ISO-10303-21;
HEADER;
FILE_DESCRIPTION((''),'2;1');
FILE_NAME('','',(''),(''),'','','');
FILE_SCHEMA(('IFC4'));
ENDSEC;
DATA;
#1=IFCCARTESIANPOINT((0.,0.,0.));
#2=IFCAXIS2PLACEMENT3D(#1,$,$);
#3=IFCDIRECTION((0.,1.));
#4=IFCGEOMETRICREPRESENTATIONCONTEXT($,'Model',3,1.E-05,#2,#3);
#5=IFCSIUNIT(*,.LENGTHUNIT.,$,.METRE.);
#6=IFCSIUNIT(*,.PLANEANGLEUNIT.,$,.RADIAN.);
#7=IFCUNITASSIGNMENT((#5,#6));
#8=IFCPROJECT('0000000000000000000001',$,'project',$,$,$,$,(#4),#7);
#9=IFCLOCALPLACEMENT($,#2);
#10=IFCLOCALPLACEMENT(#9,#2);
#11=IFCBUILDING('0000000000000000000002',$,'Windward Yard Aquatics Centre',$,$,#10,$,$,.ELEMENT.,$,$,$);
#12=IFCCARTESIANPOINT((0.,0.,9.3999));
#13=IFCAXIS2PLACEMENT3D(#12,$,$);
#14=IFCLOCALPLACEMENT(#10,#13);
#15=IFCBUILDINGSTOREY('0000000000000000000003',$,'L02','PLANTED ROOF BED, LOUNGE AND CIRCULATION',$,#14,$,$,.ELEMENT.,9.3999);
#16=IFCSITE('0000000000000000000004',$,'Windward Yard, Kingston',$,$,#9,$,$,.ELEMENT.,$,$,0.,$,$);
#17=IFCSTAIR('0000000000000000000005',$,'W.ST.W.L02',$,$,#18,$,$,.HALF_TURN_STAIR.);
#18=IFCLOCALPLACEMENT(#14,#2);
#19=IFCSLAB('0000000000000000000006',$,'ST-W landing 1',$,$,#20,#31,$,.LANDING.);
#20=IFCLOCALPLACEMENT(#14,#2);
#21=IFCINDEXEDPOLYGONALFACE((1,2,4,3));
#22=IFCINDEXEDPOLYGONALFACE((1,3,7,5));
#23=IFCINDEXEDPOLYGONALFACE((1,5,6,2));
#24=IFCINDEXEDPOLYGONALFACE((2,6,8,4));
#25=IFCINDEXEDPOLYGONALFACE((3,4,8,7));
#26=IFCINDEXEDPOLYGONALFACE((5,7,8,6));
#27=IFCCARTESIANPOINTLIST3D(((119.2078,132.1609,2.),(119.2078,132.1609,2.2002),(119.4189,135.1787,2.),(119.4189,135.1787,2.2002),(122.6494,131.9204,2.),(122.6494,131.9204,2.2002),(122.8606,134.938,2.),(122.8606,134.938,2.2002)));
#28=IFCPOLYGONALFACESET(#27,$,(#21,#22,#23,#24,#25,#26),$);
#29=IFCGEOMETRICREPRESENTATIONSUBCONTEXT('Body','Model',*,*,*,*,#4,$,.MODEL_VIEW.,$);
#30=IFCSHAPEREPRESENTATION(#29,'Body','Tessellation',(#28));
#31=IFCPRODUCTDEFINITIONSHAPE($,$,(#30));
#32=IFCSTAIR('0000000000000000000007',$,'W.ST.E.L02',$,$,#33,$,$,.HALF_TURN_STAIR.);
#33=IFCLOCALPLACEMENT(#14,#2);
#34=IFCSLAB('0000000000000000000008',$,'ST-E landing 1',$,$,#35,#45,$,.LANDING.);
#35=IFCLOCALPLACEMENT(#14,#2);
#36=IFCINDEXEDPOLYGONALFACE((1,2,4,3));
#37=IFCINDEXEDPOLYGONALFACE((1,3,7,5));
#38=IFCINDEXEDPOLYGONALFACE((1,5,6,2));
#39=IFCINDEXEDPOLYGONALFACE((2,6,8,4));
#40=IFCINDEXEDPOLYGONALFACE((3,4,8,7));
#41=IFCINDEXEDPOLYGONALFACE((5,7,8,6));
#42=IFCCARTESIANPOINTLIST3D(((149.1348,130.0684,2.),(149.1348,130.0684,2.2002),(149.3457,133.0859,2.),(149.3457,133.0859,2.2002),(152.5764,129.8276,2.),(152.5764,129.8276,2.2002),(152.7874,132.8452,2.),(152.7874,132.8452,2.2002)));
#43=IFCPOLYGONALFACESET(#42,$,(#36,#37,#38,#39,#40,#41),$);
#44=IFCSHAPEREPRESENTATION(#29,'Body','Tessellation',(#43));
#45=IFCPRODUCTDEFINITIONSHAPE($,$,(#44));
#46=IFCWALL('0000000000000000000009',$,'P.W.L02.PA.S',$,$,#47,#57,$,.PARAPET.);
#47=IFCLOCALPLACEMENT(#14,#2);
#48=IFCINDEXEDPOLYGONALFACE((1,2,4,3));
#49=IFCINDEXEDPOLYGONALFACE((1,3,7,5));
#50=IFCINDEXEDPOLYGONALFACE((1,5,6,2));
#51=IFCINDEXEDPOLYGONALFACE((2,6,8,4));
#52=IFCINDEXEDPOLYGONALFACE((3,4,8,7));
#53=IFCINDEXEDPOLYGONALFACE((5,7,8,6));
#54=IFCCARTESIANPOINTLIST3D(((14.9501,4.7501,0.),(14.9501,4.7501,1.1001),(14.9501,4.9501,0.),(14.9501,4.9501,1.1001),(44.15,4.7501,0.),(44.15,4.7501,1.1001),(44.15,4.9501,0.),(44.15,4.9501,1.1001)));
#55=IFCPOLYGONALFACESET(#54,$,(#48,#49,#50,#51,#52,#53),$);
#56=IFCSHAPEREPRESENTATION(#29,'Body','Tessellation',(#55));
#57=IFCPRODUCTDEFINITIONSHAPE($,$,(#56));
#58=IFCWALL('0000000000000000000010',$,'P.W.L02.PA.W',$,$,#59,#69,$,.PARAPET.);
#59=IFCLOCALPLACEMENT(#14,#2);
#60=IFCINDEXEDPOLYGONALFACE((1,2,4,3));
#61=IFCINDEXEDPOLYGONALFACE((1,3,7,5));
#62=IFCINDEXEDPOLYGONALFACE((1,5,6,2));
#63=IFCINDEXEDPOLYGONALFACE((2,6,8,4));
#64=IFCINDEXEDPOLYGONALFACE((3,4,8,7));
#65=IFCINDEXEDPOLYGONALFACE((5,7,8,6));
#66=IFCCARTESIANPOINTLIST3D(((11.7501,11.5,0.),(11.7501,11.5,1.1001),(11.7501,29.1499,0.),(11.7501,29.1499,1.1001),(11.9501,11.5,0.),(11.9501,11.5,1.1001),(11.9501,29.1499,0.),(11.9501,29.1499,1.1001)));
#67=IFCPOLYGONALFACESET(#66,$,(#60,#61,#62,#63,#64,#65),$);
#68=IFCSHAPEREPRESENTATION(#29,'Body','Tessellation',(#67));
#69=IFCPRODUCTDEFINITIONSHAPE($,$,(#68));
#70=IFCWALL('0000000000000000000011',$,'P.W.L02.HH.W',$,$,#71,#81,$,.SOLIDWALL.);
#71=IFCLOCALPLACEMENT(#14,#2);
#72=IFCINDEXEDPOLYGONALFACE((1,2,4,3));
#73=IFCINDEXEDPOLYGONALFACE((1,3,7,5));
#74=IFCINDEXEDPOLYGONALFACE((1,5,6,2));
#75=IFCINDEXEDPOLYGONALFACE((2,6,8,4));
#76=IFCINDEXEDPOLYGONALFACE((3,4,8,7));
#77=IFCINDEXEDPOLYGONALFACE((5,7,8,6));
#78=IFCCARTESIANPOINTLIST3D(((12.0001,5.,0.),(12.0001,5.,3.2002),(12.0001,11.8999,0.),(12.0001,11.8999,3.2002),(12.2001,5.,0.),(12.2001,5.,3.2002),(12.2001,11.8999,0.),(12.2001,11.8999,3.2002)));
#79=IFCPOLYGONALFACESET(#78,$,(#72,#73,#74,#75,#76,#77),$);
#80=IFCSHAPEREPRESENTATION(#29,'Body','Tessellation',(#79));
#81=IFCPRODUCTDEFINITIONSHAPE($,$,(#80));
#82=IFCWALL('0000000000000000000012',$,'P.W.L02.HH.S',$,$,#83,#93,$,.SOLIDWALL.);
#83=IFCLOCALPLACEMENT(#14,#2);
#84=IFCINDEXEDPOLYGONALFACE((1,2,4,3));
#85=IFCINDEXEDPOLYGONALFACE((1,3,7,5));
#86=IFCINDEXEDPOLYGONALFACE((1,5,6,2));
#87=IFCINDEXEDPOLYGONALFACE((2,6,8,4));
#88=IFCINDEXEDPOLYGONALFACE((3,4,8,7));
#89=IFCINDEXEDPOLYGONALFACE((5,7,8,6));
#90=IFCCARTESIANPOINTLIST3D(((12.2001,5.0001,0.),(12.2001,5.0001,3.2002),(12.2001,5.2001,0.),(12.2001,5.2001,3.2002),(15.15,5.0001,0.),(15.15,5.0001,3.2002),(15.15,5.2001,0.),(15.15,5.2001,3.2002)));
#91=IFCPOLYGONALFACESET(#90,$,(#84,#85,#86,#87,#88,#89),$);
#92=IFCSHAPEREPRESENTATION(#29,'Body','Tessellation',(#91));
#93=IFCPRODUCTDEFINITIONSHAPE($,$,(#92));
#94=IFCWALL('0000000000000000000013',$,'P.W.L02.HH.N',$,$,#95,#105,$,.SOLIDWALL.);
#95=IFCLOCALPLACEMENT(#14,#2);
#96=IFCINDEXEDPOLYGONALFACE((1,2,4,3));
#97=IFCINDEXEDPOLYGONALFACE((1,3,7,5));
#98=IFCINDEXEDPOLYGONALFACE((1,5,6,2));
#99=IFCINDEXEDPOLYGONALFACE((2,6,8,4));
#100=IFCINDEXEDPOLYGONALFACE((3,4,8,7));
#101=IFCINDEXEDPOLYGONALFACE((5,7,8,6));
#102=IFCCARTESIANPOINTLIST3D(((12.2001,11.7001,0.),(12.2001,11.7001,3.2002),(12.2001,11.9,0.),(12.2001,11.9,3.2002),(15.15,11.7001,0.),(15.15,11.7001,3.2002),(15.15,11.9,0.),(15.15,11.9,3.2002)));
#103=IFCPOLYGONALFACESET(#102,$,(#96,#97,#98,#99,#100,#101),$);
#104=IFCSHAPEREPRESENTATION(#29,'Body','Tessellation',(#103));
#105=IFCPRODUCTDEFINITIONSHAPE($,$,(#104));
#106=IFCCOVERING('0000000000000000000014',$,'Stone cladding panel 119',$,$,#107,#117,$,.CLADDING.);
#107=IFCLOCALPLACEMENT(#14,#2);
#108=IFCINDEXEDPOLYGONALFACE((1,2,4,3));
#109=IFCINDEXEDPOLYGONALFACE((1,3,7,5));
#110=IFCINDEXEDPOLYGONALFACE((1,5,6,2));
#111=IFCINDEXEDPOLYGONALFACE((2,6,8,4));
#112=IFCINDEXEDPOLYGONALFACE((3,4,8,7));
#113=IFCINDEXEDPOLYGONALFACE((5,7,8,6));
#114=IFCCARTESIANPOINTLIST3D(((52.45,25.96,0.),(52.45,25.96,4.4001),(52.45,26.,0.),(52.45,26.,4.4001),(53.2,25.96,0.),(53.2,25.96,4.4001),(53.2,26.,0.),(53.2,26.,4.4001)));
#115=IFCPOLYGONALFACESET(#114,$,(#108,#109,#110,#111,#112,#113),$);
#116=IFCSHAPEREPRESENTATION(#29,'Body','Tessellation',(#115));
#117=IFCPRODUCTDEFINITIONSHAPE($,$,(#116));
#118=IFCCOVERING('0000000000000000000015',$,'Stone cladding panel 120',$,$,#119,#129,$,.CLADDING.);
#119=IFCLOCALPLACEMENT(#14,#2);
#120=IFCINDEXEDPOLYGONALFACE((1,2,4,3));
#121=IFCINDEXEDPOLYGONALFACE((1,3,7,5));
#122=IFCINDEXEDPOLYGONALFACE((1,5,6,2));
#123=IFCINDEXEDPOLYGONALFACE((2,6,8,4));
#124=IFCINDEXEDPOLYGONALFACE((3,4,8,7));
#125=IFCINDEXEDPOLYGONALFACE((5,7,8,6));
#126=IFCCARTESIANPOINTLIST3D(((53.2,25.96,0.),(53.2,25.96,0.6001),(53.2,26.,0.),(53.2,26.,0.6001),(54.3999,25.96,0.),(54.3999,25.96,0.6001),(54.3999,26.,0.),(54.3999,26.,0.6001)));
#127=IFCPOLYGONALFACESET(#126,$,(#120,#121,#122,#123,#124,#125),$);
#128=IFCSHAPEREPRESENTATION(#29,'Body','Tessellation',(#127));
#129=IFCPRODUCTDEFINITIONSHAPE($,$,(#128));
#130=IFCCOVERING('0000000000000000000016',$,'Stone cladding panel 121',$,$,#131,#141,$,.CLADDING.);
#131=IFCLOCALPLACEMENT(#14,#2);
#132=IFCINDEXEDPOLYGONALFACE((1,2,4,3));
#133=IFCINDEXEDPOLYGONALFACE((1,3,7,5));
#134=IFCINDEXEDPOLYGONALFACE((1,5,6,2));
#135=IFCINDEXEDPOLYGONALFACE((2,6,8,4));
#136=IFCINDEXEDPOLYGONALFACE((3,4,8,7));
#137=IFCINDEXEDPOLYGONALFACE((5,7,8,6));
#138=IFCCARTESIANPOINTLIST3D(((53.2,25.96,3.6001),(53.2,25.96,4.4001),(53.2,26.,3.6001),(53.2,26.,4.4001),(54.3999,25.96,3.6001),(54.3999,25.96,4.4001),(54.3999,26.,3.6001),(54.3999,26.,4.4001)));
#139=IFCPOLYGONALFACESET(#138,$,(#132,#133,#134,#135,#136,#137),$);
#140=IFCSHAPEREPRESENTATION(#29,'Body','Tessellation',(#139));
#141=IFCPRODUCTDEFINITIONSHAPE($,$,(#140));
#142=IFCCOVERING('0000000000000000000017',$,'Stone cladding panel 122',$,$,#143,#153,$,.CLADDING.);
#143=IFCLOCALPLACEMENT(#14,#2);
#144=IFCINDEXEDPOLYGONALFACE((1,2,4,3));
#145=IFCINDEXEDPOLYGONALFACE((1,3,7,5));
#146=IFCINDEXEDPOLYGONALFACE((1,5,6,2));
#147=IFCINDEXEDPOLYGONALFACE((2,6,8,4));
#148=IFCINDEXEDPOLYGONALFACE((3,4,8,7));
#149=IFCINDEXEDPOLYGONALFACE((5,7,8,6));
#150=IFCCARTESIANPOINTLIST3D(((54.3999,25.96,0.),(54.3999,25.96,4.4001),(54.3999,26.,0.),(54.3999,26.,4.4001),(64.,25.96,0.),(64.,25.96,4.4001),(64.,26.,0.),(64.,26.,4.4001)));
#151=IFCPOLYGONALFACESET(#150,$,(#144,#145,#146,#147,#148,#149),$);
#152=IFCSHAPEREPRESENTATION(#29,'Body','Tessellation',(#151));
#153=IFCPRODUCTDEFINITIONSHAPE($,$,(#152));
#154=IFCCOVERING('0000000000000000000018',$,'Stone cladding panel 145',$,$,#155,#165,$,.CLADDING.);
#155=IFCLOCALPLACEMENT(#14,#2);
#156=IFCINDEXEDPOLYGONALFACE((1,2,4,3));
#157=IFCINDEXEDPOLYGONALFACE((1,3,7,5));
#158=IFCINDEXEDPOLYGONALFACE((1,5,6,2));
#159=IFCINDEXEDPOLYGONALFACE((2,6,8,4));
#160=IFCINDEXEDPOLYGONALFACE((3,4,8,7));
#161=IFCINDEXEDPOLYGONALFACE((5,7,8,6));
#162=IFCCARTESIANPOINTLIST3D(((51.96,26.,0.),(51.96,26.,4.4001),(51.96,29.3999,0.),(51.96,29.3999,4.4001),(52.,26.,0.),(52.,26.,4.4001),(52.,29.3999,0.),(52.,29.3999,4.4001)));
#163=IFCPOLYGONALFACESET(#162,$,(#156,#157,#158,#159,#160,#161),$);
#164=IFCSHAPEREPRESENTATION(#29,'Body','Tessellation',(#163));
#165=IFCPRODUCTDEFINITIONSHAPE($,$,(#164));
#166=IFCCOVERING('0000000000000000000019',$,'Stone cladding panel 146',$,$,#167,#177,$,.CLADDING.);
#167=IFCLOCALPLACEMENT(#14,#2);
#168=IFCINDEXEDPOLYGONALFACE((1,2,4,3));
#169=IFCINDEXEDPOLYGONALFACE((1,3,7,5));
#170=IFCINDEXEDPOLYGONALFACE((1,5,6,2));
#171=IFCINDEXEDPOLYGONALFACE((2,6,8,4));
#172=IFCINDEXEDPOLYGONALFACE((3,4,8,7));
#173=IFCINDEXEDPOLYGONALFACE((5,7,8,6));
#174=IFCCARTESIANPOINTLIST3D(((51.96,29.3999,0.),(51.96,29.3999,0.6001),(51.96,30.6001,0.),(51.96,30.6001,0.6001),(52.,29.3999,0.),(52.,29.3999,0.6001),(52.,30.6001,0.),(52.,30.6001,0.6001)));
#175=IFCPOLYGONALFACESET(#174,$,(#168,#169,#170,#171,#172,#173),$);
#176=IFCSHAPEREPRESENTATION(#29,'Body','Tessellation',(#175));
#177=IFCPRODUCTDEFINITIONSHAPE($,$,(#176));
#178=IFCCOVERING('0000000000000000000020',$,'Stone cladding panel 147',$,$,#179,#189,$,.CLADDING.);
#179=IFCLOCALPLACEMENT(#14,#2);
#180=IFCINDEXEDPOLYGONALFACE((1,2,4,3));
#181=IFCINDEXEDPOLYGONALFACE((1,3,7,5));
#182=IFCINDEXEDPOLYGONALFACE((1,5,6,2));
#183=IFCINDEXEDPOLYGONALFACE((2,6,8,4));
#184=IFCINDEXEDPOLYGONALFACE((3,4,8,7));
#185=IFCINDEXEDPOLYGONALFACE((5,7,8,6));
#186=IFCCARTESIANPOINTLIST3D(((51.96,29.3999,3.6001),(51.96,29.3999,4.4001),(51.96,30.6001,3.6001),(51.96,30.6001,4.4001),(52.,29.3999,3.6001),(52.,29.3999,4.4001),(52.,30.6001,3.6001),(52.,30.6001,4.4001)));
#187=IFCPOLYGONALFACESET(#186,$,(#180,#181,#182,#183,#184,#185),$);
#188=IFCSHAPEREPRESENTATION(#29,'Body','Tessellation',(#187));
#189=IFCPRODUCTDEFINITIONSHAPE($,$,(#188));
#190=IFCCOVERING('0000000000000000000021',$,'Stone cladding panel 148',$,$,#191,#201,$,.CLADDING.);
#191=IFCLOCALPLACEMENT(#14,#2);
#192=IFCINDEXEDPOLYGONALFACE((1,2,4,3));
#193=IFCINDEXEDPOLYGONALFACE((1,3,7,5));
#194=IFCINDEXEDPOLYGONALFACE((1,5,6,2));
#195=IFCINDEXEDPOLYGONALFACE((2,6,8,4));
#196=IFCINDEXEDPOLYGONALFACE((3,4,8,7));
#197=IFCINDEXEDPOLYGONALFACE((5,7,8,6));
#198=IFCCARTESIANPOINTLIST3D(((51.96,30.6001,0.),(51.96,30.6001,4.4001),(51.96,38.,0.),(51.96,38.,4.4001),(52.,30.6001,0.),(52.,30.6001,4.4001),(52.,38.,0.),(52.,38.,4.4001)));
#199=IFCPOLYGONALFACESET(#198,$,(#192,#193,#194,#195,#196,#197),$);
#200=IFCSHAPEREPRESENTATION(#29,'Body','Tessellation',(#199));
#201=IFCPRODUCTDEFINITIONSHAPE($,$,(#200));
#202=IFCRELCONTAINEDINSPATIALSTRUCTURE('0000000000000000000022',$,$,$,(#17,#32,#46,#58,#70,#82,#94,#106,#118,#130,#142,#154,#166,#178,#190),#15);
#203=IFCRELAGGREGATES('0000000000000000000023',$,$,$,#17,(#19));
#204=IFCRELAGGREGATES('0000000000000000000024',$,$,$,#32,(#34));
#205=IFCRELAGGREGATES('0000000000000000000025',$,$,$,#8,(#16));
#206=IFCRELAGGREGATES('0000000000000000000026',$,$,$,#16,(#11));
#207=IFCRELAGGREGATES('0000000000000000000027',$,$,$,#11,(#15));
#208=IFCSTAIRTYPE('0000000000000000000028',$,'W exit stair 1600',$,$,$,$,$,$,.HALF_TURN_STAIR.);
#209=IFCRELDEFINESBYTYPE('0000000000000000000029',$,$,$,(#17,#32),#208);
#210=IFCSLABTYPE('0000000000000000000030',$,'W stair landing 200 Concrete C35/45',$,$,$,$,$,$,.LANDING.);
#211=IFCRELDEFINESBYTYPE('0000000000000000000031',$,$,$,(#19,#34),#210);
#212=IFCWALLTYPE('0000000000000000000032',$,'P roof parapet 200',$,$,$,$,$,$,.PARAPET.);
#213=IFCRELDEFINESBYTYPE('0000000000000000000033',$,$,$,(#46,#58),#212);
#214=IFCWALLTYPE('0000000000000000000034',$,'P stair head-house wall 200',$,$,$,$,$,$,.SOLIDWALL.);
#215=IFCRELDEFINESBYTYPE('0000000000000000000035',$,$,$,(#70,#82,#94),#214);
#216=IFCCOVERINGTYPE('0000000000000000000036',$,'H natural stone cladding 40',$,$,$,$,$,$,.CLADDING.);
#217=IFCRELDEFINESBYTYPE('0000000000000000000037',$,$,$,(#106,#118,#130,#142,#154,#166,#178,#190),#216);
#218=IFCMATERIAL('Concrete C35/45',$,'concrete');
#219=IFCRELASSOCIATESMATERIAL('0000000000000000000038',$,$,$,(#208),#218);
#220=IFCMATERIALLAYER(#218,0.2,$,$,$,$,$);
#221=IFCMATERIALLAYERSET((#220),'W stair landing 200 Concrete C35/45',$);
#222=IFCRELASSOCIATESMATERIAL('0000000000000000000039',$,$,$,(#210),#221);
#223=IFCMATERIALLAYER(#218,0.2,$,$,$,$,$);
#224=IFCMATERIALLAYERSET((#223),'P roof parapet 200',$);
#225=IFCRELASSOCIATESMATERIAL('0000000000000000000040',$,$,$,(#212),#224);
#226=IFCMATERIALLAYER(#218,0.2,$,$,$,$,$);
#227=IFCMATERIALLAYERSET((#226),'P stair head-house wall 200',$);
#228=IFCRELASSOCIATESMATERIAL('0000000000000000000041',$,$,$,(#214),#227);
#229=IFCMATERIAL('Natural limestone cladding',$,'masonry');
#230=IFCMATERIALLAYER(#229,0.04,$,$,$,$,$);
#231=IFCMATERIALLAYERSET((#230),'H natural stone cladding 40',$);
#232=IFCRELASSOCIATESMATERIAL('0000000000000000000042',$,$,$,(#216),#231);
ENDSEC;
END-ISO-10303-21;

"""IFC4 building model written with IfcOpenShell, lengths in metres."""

from ifc_helpers import new_model, si_unit, direction, frame, frame_2d, origin, place, context, subcontext, project, spatial, polyline, rectangle, outline, extrude, material, layer, layer_set, type_object, element, aggregate, save


model = new_model("IFC4")

# Units and contexts
model_context = context("Model", 3, precision=1e-05, world=origin(), true_north=direction((0.0, 1.0)))
body_context = subcontext(model_context, "Body", "Model", "MODEL_VIEW")
ifc_project = project(units=[si_unit("LENGTHUNIT", "METRE"), si_unit("PLANEANGLEUNIT", "RADIAN")], contexts=[model_context])

# Site, building, storey
site_placement = place(None, origin())
site = spatial("IfcSite", under=ifc_project, at=site_placement, Name="Windward Yard, Kingston", CompositionType="ELEMENT", RefElevation=0.0)
building_placement = place(site_placement, origin())
building = spatial("IfcBuilding", under=site, at=building_placement, Name="Windward Yard Aquatics Centre", CompositionType="ELEMENT")
storey_placement = place(building_placement, frame((0.0, 0.0, 9.3999)))
storey = spatial("IfcBuildingStorey", under=building, at=storey_placement, Name="L02", Description="PLANTED ROOF BED, LOUNGE AND CIRCULATION", CompositionType="ELEMENT", Elevation=9.3999)

# Stairs, slabs
ifc_material_1 = material(Name="Concrete C35/45", Category="concrete")
stair_type = type_object("IfcStairType", Name="W exit stair 1600", PredefinedType="HALF_TURN_STAIR", material=ifc_material_1)
stair_1_placement = place(storey_placement, origin())
stair_1 = element("IfcStair", 1, at=stair_1_placement, inside=storey, type_object=stair_type, Name="W.ST.W.L02", PredefinedType="HALF_TURN_STAIR")
ifc_layer_1 = layer(ifc_material_1, 0.2)
ifc_layer_set_1 = layer_set([ifc_layer_1], Name="W stair landing 200 Concrete C35/45")
slab_type = type_object("IfcSlabType", Name="W stair landing 200 Concrete C35/45", PredefinedType="LANDING", material=ifc_layer_set_1)
slab_1_placement = place(storey_placement, frame((0.0, 0.0, 2.0)))
slab_1 = element("IfcSlab", 2, at=slab_1_placement, type_object=slab_type, Name="ST-W landing 1", PredefinedType="LANDING", context=body_context, shape_type="SweptSolid", body=[
    extrude(outline(polyline([(119.2078, 132.1609), (122.6494, 131.9204), (122.8606, 134.938), (119.4189, 135.1787), (119.2078, 132.1609)])), origin(), (0.0, 0.0, 1.0), 0.2002),
])
aggregate(stair_1, [slab_1])
stair_2_placement = place(storey_placement, origin())
stair_2 = element("IfcStair", 3, at=stair_2_placement, inside=storey, type_object=stair_type, Name="W.ST.E.L02", PredefinedType="HALF_TURN_STAIR")
slab_2_placement = place(storey_placement, frame((0.0, 0.0, 2.0)))
slab_2 = element("IfcSlab", 4, at=slab_2_placement, type_object=slab_type, Name="ST-E landing 1", PredefinedType="LANDING", context=body_context, shape_type="SweptSolid", body=[
    extrude(outline(polyline([(149.1348, 130.0684), (152.5764, 129.8276), (152.7874, 132.8452), (149.3457, 133.0859), (149.1348, 130.0684)])), origin(), (0.0, 0.0, 1.0), 0.2002),
])
aggregate(stair_2, [slab_2])

# Walls
ifc_layer_2 = layer(ifc_material_1, 0.2)
ifc_layer_set_2 = layer_set([ifc_layer_2], Name="P roof parapet 200")
wall_type_1 = type_object("IfcWallType", Name="P roof parapet 200", PredefinedType="PARAPET", material=ifc_layer_set_2)
wall_1_placement = place(storey_placement, frame((14.95, 4.8501, 0.0), z_axis=(0.0, 0.0, 1.0), x_axis=(1.0, 0.0, 0.0)))
element("IfcWall", 5, at=wall_1_placement, inside=storey, type_object=wall_type_1, Name="P.W.L02.PA.S", PredefinedType="PARAPET", context=body_context, shape_type="SweptSolid", body=[
    extrude(rectangle(XDim=29.2, YDim=0.2, at=frame_2d((14.6001, 0.0))), origin(), (0.0, 0.0, 1.0), 1.1001),
])
wall_2_placement = place(storey_placement, frame((11.8501, 11.5, 0.0), z_axis=(0.0, 0.0, 1.0), x_axis=(0.0, 1.0, 0.0)))
element("IfcWall", 6, at=wall_2_placement, inside=storey, type_object=wall_type_1, Name="P.W.L02.PA.W", PredefinedType="PARAPET", context=body_context, shape_type="SweptSolid", body=[
    extrude(rectangle(XDim=17.6499, YDim=0.2, at=frame_2d((8.825, 0.0))), origin(), (0.0, 0.0, 1.0), 1.1001),
])
ifc_layer_3 = layer(ifc_material_1, 0.2)
ifc_layer_set_3 = layer_set([ifc_layer_3], Name="P stair head-house wall 200")
wall_type_2 = type_object("IfcWallType", Name="P stair head-house wall 200", PredefinedType="SOLIDWALL", material=ifc_layer_set_3)
wall_3_placement = place(storey_placement, frame((12.1001, 5.0, 0.0), z_axis=(0.0, 0.0, 1.0), x_axis=(0.0, 1.0, 0.0)))
element("IfcWall", 7, at=wall_3_placement, inside=storey, type_object=wall_type_2, Name="P.W.L02.HH.W", PredefinedType="SOLIDWALL", context=body_context, shape_type="SweptSolid", body=[
    extrude(rectangle(XDim=6.8999, YDim=0.2, at=frame_2d((3.45, 0.0))), origin(), (0.0, 0.0, 1.0), 3.2002),
])
for number, where, z_axis, x_axis, name in (
    (8, (12.2, 5.1001, 0.0), (0.0, 0.0, 1.0), (1.0, 0.0, 0.0), "P.W.L02.HH.S"),
    (9, (12.2, 11.8, 0.0), (0.0, 0.0, 1.0), (1.0, 0.0, 0.0), "P.W.L02.HH.N"),
):
    element("IfcWall", number, at=place(storey_placement, frame(where, z_axis=z_axis, x_axis=x_axis)), inside=storey, type_object=wall_type_2, Name=name, PredefinedType="SOLIDWALL", context=body_context, shape_type="SweptSolid", body=[
        extrude(rectangle(XDim=2.95, YDim=0.2, at=frame_2d((1.4751, 0.0))), origin(), (0.0, 0.0, 1.0), 3.2002),
    ])

# Coverings
ifc_material_2 = material(Name="Natural limestone cladding", Category="masonry")
ifc_layer_4 = layer(ifc_material_2, 0.04)
ifc_layer_set_4 = layer_set([ifc_layer_4], Name="H natural stone cladding 40")
covering_type = type_object("IfcCoveringType", Name="H natural stone cladding 40", PredefinedType="CLADDING", material=ifc_layer_set_4)
covering_1_placement = place(storey_placement, origin())
element("IfcCovering", 10, at=covering_1_placement, inside=storey, type_object=covering_type, Name="Stone cladding panel 119", PredefinedType="CLADDING", context=body_context, shape_type="SweptSolid", body=[
    extrude(outline(polyline([(52.45, 25.96), (52.45, 26.0), (53.2, 26.0), (53.2, 25.96), (52.45, 25.96)])), origin(), (0.0, 0.0, 1.0), 4.4001),
])
covering_2_placement = place(storey_placement, origin())
element("IfcCovering", 11, at=covering_2_placement, inside=storey, type_object=covering_type, Name="Stone cladding panel 120", PredefinedType="CLADDING", context=body_context, shape_type="SweptSolid", body=[
    extrude(outline(polyline([(53.2, 25.96), (53.2, 26.0), (54.3999, 26.0), (54.3999, 25.96), (53.2, 25.96)])), origin(), (0.0, 0.0, 1.0), 0.6001),
])
covering_3_placement = place(storey_placement, frame((0.0, 0.0, 3.6001)))
element("IfcCovering", 12, at=covering_3_placement, inside=storey, type_object=covering_type, Name="Stone cladding panel 121", PredefinedType="CLADDING", context=body_context, shape_type="SweptSolid", body=[
    extrude(outline(polyline([(53.2, 25.96), (53.2, 26.0), (54.3999, 26.0), (54.3999, 25.96), (53.2, 25.96)])), origin(), (0.0, 0.0, 1.0), 0.8),
])
covering_4_placement = place(storey_placement, origin())
element("IfcCovering", 13, at=covering_4_placement, inside=storey, type_object=covering_type, Name="Stone cladding panel 122", PredefinedType="CLADDING", context=body_context, shape_type="SweptSolid", body=[
    extrude(outline(polyline([(54.3999, 25.96), (54.3999, 26.0), (64.0, 26.0), (64.0, 25.96), (54.3999, 25.96)])), origin(), (0.0, 0.0, 1.0), 4.4001),
])
covering_5_placement = place(storey_placement, origin())
element("IfcCovering", 14, at=covering_5_placement, inside=storey, type_object=covering_type, Name="Stone cladding panel 145", PredefinedType="CLADDING", context=body_context, shape_type="SweptSolid", body=[
    extrude(outline(polyline([(51.96, 26.0), (52.0, 26.0), (52.0, 29.3999), (51.96, 29.3999), (51.96, 26.0)])), origin(), (0.0, 0.0, 1.0), 4.4001),
])
covering_6_placement = place(storey_placement, origin())
element("IfcCovering", 15, at=covering_6_placement, inside=storey, type_object=covering_type, Name="Stone cladding panel 146", PredefinedType="CLADDING", context=body_context, shape_type="SweptSolid", body=[
    extrude(outline(polyline([(51.96, 29.3999), (52.0, 29.3999), (52.0, 30.6001), (51.96, 30.6001), (51.96, 29.3999)])), origin(), (0.0, 0.0, 1.0), 0.6001),
])
covering_7_placement = place(storey_placement, frame((0.0, 0.0, 3.6001)))
element("IfcCovering", 16, at=covering_7_placement, inside=storey, type_object=covering_type, Name="Stone cladding panel 147", PredefinedType="CLADDING", context=body_context, shape_type="SweptSolid", body=[
    extrude(outline(polyline([(51.96, 29.3999), (52.0, 29.3999), (52.0, 30.6001), (51.96, 30.6001), (51.96, 29.3999)])), origin(), (0.0, 0.0, 1.0), 0.8),
])
covering_8_placement = place(storey_placement, origin())
element("IfcCovering", 17, at=covering_8_placement, inside=storey, type_object=covering_type, Name="Stone cladding panel 148", PredefinedType="CLADDING", context=body_context, shape_type="SweptSolid", body=[
    extrude(outline(polyline([(51.96, 30.6001), (52.0, 30.6001), (52.0, 38.0), (51.96, 38.0), (51.96, 30.6001)])), origin(), (0.0, 0.0, 1.0), 4.4001),
])

save(model, "model.ifc")
